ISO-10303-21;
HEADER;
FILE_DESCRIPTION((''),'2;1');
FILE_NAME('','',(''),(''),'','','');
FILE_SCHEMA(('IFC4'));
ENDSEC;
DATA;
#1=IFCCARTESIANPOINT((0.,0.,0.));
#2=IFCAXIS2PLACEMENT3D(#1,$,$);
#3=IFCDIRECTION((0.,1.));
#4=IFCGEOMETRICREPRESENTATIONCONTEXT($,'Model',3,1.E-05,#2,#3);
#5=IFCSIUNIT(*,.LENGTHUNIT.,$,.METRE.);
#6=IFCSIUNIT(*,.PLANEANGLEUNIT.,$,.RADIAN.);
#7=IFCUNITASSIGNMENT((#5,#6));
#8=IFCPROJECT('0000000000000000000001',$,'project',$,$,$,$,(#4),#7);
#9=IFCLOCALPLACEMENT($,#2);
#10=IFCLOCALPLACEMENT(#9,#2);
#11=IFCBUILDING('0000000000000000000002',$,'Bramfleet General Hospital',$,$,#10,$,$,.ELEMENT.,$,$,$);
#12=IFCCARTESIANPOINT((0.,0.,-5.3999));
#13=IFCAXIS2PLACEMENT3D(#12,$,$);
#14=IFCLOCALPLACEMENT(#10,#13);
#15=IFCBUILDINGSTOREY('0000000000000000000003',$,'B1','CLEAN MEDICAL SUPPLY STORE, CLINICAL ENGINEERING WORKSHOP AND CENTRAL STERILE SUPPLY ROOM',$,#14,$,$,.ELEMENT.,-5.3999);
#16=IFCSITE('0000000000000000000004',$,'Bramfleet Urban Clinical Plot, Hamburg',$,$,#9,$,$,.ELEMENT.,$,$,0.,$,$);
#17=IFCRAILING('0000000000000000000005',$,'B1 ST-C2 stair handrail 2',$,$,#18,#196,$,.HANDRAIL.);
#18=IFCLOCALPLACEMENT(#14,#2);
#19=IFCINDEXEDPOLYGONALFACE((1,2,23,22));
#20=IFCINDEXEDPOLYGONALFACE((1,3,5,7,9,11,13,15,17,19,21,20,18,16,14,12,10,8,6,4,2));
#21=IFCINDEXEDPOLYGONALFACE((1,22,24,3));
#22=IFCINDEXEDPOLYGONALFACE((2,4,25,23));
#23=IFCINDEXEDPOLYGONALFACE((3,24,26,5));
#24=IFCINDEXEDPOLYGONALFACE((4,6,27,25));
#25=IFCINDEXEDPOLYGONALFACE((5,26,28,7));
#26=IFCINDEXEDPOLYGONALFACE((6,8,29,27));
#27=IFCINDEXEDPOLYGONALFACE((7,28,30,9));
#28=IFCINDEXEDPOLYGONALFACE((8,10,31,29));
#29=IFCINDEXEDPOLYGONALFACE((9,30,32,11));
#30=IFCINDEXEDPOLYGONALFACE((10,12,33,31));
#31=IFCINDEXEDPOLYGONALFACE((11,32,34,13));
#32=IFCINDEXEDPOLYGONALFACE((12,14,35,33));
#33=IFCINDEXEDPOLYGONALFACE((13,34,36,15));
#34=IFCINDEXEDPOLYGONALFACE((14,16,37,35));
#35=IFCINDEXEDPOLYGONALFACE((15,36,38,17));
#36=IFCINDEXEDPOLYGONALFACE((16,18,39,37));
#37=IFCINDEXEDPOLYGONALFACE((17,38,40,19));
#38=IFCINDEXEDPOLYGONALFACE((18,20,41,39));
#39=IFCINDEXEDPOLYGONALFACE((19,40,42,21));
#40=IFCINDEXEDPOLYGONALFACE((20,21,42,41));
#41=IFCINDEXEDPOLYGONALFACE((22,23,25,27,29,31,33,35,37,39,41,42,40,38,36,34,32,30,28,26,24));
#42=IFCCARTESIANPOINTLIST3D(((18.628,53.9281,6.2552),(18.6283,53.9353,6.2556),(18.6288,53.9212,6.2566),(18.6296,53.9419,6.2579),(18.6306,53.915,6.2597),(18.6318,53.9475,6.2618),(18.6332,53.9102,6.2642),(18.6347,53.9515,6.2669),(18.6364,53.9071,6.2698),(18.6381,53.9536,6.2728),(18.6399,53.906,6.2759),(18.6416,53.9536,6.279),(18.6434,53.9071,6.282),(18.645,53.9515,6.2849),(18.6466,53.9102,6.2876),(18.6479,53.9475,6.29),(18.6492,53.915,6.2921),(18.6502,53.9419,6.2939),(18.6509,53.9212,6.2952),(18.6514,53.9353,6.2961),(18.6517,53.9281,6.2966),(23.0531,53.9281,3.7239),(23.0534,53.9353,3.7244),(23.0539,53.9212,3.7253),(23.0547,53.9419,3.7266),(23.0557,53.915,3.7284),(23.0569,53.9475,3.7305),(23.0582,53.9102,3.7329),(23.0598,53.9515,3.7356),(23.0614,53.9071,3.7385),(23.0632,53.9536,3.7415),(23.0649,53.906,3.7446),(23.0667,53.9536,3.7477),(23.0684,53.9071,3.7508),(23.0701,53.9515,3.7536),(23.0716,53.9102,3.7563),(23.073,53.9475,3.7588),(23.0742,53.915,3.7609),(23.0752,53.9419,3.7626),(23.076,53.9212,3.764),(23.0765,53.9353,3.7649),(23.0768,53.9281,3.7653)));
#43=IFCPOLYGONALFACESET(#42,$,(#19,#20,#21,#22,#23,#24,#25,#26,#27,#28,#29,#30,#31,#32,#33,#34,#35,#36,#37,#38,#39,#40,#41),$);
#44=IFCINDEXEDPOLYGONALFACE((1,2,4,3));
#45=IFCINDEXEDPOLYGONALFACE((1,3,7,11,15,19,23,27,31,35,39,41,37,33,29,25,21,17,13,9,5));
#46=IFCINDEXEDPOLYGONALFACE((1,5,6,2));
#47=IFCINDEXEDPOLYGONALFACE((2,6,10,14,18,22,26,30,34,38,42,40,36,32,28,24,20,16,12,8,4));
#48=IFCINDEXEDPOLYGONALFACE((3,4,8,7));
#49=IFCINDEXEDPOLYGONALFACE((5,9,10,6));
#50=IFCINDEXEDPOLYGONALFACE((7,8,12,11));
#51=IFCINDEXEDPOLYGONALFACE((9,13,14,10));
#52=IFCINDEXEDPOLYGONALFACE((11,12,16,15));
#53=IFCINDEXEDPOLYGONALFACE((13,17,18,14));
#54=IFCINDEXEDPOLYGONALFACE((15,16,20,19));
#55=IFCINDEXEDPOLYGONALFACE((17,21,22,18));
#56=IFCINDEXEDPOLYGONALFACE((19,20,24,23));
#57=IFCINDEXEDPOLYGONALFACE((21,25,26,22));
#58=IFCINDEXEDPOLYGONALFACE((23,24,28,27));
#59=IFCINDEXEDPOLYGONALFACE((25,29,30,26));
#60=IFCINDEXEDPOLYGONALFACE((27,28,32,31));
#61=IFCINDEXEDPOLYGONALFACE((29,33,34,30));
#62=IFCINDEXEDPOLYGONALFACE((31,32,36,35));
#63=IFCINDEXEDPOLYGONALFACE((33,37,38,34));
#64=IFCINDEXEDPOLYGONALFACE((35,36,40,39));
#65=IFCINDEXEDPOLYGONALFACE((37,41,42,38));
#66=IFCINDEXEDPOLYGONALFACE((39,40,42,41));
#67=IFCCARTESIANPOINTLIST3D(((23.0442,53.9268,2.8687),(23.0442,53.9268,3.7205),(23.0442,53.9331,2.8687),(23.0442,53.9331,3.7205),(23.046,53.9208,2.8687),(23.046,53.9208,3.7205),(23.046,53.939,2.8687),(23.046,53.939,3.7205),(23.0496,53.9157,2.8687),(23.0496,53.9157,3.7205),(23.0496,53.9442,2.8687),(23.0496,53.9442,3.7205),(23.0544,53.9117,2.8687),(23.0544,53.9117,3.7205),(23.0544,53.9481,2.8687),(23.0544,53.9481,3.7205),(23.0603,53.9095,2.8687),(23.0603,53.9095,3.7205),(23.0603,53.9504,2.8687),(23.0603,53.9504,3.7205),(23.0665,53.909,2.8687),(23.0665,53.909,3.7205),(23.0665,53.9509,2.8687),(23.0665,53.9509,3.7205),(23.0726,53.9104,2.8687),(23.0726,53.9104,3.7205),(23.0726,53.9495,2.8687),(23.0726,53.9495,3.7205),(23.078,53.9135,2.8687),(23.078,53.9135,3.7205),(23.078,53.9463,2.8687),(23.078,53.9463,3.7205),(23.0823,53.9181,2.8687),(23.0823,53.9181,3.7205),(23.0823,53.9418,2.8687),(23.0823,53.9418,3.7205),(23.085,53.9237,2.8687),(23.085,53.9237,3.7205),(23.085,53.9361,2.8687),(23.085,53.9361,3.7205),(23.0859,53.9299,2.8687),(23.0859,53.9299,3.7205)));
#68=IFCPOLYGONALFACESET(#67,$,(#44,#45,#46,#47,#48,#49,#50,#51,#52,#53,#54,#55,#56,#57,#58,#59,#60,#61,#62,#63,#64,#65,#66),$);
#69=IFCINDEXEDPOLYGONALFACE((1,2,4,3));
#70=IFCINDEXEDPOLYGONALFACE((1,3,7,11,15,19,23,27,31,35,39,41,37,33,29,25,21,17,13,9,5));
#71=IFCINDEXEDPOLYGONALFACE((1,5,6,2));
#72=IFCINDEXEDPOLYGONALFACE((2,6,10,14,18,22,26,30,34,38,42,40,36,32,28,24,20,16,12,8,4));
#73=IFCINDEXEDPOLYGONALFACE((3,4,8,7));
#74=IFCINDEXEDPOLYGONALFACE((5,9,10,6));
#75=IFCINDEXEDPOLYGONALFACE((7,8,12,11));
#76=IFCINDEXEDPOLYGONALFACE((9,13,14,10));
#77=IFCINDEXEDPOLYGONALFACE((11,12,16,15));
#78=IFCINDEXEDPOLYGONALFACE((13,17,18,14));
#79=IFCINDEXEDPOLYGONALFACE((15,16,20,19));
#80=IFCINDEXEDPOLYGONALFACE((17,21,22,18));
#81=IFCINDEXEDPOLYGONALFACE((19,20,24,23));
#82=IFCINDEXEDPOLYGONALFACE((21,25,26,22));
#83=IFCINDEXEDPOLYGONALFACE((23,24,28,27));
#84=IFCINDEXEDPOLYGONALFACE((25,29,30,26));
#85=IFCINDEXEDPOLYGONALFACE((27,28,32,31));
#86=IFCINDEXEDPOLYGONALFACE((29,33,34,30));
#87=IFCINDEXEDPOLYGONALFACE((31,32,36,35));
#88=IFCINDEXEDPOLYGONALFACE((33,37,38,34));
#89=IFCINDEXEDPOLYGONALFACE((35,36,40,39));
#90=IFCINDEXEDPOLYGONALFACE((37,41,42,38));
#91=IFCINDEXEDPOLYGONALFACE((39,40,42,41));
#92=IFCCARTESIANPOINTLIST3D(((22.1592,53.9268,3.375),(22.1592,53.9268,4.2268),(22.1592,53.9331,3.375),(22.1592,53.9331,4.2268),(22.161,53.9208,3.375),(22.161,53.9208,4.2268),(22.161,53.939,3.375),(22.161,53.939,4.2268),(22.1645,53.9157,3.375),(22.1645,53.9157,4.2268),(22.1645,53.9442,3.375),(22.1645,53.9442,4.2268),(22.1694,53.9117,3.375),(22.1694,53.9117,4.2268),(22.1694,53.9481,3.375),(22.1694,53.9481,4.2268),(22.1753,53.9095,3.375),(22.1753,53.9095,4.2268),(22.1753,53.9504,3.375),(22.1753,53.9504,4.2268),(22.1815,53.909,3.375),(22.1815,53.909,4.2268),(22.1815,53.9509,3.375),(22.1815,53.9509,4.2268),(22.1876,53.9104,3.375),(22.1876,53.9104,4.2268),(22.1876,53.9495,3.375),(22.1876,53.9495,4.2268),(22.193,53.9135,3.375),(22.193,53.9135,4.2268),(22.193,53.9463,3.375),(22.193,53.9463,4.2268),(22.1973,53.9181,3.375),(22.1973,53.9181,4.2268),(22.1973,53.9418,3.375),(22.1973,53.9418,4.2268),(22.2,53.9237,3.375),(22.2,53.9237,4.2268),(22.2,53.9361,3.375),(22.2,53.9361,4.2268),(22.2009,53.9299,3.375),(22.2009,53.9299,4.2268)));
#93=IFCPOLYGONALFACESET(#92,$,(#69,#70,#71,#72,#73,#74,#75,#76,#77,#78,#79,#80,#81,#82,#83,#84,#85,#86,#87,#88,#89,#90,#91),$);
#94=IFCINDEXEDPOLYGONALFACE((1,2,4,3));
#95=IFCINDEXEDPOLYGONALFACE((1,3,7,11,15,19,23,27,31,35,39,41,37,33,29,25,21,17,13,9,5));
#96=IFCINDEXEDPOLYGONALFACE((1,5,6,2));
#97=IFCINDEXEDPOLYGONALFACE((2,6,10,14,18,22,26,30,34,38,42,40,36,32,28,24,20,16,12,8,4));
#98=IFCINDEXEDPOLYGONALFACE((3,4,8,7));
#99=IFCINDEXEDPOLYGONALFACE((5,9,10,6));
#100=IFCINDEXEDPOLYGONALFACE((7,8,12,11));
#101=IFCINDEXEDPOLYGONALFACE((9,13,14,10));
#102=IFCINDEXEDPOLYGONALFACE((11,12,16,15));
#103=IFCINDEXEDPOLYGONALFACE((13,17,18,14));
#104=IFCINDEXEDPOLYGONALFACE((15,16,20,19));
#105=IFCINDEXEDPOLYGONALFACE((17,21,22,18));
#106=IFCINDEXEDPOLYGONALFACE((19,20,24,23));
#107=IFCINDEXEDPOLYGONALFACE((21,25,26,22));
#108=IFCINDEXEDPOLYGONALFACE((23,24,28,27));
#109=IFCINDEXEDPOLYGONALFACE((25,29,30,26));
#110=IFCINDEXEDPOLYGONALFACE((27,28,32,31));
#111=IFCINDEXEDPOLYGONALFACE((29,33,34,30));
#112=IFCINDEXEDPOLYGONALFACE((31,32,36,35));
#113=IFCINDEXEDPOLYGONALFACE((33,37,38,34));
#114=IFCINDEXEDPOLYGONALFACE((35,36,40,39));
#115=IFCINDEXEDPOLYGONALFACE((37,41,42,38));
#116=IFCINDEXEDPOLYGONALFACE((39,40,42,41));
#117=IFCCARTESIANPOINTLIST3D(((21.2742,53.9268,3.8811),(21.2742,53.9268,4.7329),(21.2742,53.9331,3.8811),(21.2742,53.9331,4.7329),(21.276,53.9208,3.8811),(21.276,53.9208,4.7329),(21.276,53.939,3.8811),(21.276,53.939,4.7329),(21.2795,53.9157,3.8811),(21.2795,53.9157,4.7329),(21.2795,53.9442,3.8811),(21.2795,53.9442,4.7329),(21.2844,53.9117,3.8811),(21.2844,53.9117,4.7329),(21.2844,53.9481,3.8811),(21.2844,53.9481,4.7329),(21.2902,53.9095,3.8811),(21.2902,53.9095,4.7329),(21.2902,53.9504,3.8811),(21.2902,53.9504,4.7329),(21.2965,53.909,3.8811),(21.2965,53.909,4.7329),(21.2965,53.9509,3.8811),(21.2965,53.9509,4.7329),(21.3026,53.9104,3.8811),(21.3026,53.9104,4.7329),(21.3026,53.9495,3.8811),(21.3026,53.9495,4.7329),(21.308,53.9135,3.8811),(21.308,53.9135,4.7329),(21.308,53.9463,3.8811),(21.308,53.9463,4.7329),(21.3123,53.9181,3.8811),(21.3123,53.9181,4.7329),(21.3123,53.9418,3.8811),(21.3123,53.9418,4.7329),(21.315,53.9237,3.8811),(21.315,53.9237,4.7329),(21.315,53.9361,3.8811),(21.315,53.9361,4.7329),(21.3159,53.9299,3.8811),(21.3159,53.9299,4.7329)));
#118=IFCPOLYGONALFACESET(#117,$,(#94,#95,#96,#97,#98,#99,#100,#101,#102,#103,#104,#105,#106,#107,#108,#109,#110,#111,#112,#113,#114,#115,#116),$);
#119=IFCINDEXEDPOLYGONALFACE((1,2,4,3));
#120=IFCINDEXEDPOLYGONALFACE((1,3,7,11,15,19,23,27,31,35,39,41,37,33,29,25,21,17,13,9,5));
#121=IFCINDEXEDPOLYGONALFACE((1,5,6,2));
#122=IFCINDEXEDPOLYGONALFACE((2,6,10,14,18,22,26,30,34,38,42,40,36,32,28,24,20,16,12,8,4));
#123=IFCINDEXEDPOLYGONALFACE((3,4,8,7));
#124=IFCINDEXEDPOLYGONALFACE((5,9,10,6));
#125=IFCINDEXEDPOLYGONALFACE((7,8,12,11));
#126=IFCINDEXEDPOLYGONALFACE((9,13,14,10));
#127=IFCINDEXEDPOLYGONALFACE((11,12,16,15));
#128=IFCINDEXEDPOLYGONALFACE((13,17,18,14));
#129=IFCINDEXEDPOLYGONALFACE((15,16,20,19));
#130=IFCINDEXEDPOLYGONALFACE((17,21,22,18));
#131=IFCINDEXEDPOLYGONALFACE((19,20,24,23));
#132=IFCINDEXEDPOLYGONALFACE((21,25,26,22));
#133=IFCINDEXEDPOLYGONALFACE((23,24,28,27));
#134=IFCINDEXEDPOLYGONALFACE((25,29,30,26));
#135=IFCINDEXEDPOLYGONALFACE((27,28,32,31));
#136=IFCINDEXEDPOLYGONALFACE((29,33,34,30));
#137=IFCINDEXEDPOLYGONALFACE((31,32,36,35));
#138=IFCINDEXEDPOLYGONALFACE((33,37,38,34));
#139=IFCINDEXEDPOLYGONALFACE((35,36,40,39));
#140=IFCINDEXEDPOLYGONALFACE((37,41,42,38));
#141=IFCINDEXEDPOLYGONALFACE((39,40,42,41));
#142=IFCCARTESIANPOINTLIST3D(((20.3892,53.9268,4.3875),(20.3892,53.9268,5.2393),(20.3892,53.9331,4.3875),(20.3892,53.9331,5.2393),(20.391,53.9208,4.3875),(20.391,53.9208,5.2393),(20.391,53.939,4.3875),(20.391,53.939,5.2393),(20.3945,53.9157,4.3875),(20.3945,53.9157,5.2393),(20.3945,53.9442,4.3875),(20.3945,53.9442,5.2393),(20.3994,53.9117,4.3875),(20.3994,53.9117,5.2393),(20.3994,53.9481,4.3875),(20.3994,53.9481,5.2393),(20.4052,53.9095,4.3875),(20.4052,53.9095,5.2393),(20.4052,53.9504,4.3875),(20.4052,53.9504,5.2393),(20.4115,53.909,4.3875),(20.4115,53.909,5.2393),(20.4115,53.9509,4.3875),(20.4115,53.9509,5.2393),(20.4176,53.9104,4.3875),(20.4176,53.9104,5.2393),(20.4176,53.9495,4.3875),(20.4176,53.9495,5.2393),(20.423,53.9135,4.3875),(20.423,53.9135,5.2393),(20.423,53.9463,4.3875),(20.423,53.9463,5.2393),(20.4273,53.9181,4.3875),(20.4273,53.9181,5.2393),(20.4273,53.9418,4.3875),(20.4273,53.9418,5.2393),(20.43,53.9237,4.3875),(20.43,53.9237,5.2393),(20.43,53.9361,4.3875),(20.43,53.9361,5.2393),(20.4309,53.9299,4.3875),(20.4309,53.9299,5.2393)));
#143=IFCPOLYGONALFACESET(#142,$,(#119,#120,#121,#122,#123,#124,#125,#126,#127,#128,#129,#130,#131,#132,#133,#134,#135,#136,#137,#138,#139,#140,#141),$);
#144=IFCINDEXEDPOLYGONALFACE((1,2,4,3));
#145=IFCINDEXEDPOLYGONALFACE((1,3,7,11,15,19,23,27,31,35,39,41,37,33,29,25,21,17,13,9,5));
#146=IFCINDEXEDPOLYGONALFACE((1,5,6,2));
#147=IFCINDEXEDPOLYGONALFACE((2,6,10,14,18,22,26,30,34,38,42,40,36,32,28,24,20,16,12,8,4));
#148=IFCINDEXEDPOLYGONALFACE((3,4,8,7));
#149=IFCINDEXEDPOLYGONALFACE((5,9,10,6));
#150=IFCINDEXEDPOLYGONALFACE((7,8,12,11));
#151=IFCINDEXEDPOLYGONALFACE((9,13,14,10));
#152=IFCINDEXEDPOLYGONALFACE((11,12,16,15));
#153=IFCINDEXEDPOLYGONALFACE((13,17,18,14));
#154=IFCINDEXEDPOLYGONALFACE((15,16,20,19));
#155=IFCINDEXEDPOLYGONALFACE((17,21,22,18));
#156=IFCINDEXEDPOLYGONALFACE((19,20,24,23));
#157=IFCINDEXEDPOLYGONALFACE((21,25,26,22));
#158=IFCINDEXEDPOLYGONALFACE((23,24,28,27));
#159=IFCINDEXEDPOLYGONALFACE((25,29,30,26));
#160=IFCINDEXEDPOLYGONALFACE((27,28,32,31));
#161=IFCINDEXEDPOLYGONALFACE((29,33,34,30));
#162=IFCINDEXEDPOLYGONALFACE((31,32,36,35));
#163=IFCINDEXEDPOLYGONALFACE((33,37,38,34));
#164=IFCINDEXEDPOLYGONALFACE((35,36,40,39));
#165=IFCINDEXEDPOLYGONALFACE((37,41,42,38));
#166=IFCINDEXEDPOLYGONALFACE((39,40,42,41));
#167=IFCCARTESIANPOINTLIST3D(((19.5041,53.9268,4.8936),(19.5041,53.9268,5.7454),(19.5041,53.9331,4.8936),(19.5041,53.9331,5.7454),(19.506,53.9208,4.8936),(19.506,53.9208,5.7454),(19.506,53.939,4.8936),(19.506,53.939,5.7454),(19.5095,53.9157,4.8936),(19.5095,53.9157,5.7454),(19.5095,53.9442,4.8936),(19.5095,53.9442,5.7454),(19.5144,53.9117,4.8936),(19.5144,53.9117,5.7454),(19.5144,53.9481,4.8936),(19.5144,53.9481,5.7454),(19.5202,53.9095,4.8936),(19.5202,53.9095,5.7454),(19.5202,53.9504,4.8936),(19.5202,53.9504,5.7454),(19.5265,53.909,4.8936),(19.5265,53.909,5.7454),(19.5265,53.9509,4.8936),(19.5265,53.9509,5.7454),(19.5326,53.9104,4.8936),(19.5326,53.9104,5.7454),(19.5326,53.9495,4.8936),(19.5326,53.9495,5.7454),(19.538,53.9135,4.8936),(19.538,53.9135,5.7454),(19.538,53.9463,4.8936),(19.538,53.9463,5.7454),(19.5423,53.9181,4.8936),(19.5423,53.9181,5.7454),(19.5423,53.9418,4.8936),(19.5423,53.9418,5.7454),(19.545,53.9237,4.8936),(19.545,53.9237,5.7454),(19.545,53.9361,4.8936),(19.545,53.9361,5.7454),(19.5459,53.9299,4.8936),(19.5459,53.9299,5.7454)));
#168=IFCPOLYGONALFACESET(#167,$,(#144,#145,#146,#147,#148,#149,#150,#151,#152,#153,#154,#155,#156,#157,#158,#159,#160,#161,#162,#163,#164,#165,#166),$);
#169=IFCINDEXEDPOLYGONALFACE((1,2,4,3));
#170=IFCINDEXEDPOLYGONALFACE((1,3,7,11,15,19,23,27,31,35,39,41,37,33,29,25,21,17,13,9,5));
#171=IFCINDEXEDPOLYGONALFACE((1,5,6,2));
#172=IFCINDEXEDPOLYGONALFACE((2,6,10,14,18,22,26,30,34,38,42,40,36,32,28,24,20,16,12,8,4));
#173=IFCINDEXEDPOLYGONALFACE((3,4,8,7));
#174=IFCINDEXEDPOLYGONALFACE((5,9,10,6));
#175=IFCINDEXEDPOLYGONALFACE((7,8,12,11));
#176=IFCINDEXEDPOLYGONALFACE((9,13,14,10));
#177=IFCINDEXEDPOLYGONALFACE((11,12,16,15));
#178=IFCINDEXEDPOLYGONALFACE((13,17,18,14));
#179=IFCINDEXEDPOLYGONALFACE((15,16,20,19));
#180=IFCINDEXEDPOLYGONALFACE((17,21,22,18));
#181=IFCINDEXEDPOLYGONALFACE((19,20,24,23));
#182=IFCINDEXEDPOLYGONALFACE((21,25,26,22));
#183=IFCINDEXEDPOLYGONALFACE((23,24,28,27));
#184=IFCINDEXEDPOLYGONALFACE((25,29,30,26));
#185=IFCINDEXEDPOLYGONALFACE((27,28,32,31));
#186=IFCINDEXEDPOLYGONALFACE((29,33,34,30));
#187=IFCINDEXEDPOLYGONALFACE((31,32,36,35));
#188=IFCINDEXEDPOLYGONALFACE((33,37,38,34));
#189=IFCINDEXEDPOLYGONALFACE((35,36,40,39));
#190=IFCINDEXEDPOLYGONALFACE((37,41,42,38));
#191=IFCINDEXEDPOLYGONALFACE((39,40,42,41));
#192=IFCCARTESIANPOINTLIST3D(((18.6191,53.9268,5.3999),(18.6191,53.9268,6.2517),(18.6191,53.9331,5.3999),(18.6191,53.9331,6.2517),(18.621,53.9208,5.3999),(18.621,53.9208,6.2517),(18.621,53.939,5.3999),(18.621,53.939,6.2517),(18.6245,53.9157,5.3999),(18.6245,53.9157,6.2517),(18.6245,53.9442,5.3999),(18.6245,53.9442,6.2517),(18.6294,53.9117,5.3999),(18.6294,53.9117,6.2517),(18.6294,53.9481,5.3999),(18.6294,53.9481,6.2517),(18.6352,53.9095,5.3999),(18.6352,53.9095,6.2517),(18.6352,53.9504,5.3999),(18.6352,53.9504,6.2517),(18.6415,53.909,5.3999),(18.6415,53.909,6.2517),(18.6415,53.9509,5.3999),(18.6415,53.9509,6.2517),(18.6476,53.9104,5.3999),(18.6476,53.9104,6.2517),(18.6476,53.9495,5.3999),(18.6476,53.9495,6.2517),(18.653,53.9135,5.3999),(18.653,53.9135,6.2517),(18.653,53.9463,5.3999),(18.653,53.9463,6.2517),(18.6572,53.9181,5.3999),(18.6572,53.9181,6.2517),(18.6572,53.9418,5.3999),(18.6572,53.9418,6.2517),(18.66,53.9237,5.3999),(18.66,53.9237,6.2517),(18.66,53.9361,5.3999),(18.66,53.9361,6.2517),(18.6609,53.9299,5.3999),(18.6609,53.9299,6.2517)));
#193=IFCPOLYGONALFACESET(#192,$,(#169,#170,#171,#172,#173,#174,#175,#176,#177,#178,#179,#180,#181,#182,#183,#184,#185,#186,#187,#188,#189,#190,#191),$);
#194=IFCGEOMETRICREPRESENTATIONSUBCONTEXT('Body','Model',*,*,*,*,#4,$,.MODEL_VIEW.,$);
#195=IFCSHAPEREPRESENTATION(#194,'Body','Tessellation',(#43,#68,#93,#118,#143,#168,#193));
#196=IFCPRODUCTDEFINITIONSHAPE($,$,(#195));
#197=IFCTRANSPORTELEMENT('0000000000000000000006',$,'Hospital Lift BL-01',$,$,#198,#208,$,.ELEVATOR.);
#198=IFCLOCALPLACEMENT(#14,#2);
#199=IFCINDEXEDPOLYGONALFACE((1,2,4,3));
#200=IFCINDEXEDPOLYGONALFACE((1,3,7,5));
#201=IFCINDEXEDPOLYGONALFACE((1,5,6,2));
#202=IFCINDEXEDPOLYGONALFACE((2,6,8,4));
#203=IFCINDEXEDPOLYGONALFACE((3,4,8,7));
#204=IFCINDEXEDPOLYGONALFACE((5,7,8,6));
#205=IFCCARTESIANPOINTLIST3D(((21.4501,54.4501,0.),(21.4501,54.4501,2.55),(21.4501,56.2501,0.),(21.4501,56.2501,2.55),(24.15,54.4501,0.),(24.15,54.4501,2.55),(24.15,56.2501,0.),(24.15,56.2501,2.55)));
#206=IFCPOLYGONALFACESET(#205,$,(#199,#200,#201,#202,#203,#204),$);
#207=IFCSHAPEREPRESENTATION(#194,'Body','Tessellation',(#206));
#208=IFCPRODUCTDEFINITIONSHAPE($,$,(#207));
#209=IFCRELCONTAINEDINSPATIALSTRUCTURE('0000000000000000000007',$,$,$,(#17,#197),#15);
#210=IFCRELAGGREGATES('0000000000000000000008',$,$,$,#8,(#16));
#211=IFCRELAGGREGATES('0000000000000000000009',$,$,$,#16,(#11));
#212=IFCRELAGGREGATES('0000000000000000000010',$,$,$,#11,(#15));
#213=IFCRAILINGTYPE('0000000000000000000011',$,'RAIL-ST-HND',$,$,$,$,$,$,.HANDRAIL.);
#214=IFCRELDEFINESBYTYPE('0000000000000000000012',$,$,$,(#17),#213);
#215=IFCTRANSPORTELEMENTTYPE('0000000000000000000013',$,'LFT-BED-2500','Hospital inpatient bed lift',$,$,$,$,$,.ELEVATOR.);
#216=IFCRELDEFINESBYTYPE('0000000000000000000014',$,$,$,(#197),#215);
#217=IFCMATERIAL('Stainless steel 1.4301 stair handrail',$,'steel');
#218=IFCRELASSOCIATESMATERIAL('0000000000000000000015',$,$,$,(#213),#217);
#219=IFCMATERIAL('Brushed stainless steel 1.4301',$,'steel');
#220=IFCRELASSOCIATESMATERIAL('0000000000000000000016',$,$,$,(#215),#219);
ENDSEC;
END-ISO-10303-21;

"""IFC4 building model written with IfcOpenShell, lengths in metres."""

from ifc_helpers import new_model, si_unit, direction, frame, origin, origin_2d, place, context, subcontext, project, spatial, rectangle, circle, extrude, material, type_object, element, save


model = new_model("IFC4")

# Units and contexts
model_context = context("Model", 3, precision=1e-05, world=origin(), true_north=direction((0.0, 1.0)))
body_context = subcontext(model_context, "Body", "Model", "MODEL_VIEW")
ifc_project = project(units=[si_unit("LENGTHUNIT", "METRE"), si_unit("PLANEANGLEUNIT", "RADIAN")], contexts=[model_context])

# Site, building, storey
site_placement = place(None, origin())
site = spatial("IfcSite", under=ifc_project, at=site_placement, Name="Bramfleet Urban Clinical Plot, Hamburg", CompositionType="ELEMENT", RefElevation=0.0)
building_placement = place(site_placement, origin())
building = spatial("IfcBuilding", under=site, at=building_placement, Name="Bramfleet General Hospital", CompositionType="ELEMENT")
storey_placement = place(building_placement, frame((0.0, 0.0, -5.3999)))
storey = spatial("IfcBuildingStorey", under=building, at=storey_placement, Name="B1", Description="CLEAN MEDICAL SUPPLY STORE, CLINICAL ENGINEERING WORKSHOP AND CENTRAL STERILE SUPPLY ROOM", CompositionType="ELEMENT", Elevation=-5.3999)

# Shared definitions
ifc_material_1 = material(Name="Brushed stainless steel 1.4301", Category="steel")

# Railing
ifc_material_2 = material(Name="Stainless steel 1.4301 stair handrail", Category="steel")
railing_type_1 = type_object("IfcRailingType", Name="RAIL-ST-HND", PredefinedType="HANDRAIL", material=ifc_material_2)
railing_1_placement = place(storey_placement, frame((23.0649, 53.9299, 2.8687)))
element("IfcRailing", 1, at=railing_1_placement, inside=storey, type_object=railing_type_1, Name="B1 ST-C2 stair handrail 2", PredefinedType="HANDRAIL", context=body_context, shape_type="SweptSolid", body=[
    extrude(circle(Radius=0.0239, at=origin_2d()), frame((0.0, 0.0, 0.876), z_axis=(-0.868019, 0.0, 0.496531), x_axis=(0.0, -1.0, 0.0)), (0.0, 0.0, 1.0), 5.0979),
    extrude(circle(Radius=0.021, at=origin_2d()), origin(), (0.0, 0.0, 1.0), 0.8518),
    extrude(circle(Radius=0.021, at=origin_2d()), frame((-0.885, 0.0, 0.5063)), (0.0, 0.0, 1.0), 0.8518),
    extrude(circle(Radius=0.021, at=origin_2d()), frame((-1.77, 0.0, 1.0125)), (0.0, 0.0, 1.0), 0.8518),
    extrude(circle(Radius=0.021, at=origin_2d()), frame((-2.655, 0.0, 1.5188)), (0.0, 0.0, 1.0), 0.8518),
    extrude(circle(Radius=0.021, at=origin_2d()), frame((-3.54, 0.0, 2.0249)), (0.0, 0.0, 1.0), 0.8518),
    extrude(circle(Radius=0.021, at=origin_2d()), frame((-4.425, 0.0, 2.5312)), (0.0, 0.0, 1.0), 0.8518),
])

# Transport element
transport_element_type_1 = type_object("IfcTransportElementType", Name="LFT-BED-2500", Description="Hospital inpatient bed lift", PredefinedType="ELEVATOR", material=ifc_material_1)
transport_element_1_placement = place(storey_placement, frame((22.8, 55.3501, 0.0), z_axis=(0.0, 0.0, 1.0), x_axis=(1.0, 0.0, 0.0)))
element("IfcTransportElement", 2, at=transport_element_1_placement, inside=storey, type_object=transport_element_type_1, Name="Hospital Lift BL-01", PredefinedType="ELEVATOR", context=body_context, shape_type="SweptSolid", body=[
    extrude(rectangle(XDim=2.7, YDim=1.8, at=origin_2d()), origin(), (0.0, 0.0, 1.0), 2.55),
])

save(model, "model.ifc")
